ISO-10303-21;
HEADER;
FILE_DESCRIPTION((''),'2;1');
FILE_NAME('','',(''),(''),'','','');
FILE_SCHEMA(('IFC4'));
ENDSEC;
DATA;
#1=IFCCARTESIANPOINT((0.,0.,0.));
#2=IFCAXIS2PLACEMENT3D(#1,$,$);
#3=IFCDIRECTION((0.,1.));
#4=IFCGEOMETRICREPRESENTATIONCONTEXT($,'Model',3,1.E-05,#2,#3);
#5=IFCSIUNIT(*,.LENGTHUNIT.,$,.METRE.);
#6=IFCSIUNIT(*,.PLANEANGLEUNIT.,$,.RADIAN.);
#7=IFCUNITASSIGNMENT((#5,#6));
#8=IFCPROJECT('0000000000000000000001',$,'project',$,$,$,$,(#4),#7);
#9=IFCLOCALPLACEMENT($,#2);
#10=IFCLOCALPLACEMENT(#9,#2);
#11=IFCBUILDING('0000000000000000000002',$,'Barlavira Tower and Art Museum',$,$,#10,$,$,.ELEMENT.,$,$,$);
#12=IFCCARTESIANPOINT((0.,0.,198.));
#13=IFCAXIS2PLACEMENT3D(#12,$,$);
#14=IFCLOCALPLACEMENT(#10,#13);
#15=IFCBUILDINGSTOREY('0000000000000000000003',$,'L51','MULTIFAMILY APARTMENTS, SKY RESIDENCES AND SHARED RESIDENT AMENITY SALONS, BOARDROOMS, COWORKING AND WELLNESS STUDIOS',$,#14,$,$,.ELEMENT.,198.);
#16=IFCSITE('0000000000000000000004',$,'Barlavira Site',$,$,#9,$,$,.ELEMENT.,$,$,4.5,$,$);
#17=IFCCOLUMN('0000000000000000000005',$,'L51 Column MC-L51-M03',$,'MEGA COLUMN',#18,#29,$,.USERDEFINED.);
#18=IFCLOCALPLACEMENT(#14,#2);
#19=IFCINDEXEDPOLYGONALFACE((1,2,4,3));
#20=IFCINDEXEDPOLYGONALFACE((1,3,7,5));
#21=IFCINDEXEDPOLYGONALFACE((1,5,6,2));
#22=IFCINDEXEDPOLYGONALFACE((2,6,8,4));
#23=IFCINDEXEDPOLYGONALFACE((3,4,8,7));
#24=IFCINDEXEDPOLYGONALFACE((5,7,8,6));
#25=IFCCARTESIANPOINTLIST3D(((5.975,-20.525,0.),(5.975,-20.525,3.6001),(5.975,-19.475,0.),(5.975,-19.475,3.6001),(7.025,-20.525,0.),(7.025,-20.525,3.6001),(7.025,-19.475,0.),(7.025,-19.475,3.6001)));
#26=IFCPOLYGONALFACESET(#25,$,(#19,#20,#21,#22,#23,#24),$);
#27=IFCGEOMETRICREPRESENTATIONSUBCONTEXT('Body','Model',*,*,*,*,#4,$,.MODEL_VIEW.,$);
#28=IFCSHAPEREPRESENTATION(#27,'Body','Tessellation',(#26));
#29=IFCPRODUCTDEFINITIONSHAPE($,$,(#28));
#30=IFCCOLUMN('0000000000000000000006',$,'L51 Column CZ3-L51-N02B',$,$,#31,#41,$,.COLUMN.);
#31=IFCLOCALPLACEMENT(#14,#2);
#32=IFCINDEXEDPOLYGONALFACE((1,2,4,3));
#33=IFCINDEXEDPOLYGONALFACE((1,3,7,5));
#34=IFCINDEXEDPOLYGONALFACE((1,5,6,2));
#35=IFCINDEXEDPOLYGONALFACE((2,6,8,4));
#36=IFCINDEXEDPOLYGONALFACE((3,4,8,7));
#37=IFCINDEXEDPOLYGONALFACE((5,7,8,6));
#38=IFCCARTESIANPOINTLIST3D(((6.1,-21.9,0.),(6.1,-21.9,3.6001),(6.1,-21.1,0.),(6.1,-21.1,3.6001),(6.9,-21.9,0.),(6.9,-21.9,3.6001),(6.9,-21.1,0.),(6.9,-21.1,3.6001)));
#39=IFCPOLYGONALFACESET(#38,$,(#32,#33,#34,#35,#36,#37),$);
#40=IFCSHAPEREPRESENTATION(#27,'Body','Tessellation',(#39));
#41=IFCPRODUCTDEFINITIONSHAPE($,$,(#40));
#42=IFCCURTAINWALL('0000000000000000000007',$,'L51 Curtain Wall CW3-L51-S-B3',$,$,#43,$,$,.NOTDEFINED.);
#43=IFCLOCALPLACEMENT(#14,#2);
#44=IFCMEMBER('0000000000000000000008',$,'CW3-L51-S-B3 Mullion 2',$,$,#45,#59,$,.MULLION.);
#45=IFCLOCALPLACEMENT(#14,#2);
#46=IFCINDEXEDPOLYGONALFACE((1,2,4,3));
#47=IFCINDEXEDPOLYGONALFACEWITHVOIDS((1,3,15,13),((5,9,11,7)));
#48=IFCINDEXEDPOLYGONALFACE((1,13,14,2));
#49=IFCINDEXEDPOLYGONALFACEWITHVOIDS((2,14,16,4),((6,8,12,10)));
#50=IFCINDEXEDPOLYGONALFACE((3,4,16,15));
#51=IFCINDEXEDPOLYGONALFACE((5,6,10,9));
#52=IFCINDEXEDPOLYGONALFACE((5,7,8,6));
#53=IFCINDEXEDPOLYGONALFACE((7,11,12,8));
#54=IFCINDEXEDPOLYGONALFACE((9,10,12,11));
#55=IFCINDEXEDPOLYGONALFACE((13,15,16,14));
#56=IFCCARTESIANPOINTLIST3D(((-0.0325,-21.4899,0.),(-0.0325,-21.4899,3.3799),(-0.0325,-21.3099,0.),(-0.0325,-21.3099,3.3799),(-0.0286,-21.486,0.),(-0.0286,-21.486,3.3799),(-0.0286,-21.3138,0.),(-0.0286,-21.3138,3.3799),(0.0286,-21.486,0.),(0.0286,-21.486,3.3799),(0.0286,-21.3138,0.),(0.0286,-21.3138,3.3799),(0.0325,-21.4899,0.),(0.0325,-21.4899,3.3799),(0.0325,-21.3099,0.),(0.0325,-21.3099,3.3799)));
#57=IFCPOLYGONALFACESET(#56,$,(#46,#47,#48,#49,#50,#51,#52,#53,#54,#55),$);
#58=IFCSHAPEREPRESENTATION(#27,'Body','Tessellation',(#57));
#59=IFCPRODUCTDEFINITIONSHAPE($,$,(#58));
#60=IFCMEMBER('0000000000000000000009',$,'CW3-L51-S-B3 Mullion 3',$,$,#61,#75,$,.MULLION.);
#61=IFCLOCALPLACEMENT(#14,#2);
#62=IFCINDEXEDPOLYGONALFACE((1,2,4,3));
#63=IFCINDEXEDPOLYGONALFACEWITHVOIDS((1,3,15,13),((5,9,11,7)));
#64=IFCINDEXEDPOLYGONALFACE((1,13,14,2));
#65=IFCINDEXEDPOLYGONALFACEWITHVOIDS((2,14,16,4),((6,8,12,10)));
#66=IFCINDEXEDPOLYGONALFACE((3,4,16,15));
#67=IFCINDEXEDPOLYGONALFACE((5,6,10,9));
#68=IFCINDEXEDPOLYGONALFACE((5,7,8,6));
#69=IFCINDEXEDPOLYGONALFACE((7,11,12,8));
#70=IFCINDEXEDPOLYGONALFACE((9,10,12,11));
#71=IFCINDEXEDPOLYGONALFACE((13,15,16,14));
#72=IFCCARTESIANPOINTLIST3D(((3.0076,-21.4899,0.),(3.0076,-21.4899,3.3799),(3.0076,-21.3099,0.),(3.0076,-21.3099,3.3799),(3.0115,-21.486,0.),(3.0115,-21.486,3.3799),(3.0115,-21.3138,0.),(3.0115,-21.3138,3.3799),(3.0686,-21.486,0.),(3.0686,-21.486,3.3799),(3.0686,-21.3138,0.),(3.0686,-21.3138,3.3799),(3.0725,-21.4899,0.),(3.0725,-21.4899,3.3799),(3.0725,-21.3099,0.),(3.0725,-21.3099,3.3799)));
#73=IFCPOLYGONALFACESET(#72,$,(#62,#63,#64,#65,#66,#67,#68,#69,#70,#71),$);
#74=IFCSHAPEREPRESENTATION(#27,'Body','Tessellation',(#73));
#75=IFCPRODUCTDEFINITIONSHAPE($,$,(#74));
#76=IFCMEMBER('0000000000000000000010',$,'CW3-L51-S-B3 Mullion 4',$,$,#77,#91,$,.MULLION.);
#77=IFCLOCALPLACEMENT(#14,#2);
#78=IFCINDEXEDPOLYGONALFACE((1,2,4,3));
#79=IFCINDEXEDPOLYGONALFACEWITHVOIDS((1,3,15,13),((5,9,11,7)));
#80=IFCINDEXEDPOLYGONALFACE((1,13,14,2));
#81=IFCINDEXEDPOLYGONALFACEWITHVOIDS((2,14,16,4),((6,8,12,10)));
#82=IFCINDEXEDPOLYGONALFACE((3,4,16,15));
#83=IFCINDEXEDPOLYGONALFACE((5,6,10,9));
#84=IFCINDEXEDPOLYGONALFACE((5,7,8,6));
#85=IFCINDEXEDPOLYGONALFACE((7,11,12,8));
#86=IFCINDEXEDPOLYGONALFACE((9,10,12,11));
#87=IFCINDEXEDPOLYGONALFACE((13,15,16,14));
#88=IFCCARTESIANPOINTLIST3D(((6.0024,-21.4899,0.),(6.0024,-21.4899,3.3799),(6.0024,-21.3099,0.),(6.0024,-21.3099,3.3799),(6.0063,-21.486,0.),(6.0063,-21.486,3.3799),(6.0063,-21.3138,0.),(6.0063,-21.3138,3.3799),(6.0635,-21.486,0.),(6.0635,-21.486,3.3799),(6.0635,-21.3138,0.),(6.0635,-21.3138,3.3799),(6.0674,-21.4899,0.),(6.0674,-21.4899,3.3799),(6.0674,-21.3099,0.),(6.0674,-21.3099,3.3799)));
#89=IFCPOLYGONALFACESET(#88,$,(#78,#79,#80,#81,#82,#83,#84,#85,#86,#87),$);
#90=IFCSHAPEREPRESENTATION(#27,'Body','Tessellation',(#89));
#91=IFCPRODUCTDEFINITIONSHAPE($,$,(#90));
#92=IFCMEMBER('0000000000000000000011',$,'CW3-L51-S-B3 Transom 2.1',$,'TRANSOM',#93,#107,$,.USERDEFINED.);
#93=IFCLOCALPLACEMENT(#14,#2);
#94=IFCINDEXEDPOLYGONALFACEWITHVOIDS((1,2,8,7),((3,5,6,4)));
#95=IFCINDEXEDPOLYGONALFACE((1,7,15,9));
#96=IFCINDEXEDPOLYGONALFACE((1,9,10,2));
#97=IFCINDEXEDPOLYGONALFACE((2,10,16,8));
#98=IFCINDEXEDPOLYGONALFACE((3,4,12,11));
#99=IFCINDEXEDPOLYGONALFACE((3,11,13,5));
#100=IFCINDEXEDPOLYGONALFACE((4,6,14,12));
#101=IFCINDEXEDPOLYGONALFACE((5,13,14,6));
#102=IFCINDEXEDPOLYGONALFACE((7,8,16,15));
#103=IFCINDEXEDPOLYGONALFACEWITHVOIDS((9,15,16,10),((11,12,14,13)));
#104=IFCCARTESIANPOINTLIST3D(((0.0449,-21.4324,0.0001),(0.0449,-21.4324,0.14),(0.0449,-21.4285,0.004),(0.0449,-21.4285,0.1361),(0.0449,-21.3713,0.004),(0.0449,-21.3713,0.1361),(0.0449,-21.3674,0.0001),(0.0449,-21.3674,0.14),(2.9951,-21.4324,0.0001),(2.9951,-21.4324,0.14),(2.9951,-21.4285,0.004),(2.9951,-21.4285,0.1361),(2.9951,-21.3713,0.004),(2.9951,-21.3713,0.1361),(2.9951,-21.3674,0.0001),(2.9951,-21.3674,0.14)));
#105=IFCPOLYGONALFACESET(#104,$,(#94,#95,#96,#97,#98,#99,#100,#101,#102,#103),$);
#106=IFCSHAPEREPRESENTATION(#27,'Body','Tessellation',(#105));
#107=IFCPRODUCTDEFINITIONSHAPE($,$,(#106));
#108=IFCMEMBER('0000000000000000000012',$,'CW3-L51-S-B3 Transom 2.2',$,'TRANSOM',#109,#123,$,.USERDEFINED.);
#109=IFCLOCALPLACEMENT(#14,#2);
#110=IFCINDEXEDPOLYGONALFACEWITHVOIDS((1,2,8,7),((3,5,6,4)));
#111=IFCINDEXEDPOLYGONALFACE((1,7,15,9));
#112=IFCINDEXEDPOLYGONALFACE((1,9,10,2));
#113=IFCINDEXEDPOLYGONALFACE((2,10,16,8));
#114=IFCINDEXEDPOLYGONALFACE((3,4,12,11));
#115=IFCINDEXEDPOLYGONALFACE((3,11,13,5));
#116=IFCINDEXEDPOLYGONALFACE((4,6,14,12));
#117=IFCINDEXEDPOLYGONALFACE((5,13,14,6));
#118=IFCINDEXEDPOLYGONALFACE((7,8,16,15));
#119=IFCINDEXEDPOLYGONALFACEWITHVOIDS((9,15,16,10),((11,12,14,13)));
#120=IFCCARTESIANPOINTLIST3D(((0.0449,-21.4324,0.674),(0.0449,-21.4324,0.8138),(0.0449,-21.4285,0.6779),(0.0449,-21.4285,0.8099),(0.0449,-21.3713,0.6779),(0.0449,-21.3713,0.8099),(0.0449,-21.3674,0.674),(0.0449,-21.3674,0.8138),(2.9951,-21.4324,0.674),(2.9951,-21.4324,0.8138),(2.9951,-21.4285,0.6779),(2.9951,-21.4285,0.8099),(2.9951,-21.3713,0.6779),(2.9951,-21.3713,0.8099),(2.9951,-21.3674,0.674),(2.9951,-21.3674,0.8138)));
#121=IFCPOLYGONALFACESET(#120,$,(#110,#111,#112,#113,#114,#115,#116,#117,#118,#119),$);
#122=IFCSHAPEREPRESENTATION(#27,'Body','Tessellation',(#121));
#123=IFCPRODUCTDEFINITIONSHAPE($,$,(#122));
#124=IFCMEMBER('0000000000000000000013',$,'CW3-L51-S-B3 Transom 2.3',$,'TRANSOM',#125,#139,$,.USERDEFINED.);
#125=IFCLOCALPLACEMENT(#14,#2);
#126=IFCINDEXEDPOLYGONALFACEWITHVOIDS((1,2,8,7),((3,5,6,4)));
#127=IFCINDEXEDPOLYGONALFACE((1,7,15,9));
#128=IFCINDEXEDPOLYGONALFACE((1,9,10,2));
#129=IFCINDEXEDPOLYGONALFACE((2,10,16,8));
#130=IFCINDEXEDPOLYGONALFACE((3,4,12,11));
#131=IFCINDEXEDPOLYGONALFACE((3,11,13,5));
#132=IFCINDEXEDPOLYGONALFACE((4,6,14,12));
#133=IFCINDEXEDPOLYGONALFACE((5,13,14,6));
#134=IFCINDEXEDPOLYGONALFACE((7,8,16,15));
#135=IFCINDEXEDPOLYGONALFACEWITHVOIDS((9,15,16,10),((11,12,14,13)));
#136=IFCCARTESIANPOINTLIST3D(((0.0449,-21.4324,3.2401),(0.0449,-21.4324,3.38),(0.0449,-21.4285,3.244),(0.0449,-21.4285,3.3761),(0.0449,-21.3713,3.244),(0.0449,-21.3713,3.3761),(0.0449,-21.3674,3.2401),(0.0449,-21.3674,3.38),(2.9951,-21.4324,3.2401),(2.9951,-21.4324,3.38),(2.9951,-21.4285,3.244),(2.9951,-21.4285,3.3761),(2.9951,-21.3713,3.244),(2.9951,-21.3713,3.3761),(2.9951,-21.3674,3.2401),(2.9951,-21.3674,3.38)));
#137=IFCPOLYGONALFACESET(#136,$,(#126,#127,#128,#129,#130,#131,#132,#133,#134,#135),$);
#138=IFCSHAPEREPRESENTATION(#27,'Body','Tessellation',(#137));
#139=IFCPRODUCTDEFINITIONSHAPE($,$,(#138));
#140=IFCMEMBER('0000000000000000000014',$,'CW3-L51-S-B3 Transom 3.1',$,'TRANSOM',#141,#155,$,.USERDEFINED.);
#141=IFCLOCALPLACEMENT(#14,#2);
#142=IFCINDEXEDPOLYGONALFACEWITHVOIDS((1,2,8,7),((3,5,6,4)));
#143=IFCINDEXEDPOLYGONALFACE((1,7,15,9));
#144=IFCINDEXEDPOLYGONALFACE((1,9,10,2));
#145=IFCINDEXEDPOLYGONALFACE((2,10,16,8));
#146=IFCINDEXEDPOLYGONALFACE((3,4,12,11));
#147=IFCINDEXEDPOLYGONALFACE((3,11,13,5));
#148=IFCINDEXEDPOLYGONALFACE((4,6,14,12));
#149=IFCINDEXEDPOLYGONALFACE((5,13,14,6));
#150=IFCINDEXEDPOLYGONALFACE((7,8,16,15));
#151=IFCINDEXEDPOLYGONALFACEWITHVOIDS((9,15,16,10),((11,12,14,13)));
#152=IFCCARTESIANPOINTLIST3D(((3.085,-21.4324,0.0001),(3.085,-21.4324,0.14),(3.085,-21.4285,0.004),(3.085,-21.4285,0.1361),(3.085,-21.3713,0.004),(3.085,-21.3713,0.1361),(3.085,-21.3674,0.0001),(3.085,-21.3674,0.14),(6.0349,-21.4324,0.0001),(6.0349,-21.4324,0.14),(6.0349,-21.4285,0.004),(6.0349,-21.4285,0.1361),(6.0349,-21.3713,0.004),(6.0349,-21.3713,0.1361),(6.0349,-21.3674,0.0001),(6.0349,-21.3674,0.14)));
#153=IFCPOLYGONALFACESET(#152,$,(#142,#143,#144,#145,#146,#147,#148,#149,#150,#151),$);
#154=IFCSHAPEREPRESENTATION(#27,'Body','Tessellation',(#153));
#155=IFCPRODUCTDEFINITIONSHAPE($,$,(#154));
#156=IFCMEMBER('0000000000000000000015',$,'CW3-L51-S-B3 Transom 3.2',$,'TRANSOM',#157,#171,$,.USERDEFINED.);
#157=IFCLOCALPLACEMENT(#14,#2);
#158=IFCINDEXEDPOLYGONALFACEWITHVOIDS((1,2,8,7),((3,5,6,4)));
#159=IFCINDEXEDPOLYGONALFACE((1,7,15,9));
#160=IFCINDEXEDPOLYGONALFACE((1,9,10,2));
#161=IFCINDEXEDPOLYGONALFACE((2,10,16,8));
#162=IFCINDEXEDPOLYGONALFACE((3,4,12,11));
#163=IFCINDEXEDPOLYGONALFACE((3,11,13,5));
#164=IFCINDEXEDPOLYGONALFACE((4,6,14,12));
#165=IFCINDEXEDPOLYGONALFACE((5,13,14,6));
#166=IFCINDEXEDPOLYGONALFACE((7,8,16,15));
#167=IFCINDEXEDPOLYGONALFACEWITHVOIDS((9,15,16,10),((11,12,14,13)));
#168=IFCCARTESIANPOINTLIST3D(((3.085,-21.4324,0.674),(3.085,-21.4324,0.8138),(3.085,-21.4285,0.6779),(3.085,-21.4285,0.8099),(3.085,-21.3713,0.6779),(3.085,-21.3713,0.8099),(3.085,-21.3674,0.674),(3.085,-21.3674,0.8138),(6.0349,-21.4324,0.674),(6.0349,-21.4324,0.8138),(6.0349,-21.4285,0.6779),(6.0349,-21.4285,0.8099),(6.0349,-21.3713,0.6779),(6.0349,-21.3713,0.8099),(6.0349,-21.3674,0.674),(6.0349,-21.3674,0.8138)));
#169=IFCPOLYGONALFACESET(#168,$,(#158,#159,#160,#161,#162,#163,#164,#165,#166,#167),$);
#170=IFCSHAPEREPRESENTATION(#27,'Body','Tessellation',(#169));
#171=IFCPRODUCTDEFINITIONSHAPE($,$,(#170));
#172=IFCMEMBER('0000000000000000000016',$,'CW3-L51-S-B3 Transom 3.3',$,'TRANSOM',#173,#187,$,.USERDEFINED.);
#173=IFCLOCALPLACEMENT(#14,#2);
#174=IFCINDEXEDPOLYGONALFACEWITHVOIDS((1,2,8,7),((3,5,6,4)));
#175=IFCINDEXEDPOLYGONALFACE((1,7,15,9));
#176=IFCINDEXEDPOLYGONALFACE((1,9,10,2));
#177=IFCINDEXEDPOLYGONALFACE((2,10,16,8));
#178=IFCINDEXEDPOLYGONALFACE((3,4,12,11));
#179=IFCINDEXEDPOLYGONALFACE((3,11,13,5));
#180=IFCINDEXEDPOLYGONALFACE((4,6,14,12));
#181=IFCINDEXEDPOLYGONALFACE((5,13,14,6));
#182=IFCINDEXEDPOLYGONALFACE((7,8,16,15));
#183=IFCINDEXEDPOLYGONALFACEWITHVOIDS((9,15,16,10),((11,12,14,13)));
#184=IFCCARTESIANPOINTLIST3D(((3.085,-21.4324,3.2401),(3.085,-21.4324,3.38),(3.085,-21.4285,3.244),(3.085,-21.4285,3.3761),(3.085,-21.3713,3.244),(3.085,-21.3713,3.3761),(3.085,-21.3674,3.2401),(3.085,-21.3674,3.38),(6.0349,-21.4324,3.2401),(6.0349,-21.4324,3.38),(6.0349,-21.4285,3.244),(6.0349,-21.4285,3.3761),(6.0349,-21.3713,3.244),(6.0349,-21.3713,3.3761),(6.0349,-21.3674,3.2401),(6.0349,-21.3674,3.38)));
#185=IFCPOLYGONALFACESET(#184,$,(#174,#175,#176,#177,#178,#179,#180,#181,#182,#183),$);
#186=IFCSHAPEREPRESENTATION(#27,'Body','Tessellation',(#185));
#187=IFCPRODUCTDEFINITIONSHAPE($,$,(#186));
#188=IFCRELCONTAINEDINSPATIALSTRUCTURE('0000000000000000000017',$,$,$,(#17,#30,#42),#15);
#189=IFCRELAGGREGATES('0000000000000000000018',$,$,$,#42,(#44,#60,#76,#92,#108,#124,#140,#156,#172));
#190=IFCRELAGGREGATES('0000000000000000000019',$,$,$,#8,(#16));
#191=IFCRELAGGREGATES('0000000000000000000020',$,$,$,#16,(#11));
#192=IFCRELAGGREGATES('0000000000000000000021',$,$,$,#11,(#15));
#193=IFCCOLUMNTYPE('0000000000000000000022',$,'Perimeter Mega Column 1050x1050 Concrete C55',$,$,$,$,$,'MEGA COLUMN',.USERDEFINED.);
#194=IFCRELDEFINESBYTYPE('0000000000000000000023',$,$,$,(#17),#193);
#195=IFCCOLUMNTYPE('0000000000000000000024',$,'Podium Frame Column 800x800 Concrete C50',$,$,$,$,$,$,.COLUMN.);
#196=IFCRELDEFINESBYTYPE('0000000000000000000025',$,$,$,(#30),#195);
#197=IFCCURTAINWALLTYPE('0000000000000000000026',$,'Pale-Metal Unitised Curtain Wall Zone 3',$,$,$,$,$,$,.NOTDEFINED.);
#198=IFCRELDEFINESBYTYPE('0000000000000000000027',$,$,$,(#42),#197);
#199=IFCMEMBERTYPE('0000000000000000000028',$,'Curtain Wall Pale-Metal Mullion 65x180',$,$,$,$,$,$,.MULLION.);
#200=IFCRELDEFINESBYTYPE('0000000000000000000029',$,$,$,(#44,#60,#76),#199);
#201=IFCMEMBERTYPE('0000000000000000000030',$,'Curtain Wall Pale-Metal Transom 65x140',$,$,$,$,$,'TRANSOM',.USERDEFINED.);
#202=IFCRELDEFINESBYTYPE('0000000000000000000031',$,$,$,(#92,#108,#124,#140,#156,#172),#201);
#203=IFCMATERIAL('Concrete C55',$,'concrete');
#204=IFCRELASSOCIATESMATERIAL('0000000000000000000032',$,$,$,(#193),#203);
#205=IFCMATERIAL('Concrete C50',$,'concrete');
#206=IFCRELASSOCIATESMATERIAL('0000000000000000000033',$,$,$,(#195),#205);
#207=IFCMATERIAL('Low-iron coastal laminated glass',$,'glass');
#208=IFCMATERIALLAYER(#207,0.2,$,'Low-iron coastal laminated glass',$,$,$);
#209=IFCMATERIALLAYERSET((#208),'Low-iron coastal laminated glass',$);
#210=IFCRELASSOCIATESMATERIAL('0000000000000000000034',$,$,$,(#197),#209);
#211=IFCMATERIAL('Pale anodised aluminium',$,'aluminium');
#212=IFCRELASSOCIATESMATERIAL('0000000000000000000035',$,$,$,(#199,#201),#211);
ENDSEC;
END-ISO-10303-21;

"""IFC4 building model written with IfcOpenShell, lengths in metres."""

from ifc_helpers import new_model, si_unit, direction, frame, origin, origin_2d, place, context, subcontext, project, spatial, rectangle, hollow_rectangle, extrude, material, layer, layer_set, material_profile, profile_set, type_object, element, aggregate, save


model = new_model("IFC4")

# Units and contexts
model_context = context("Model", 3, precision=1e-05, world=origin(), true_north=direction((0.0, 1.0)))
body_context = subcontext(model_context, "Body", "Model", "MODEL_VIEW")
ifc_project = project(units=[si_unit("LENGTHUNIT", "METRE"), si_unit("PLANEANGLEUNIT", "RADIAN")], contexts=[model_context])

# Site, building, storey
site_placement = place(None, origin())
site = spatial("IfcSite", under=ifc_project, at=site_placement, Name="Barlavira Site", CompositionType="ELEMENT", RefElevation=4.5)
building_placement = place(site_placement, origin())
building = spatial("IfcBuilding", under=site, at=building_placement, Name="Barlavira Tower and Art Museum", CompositionType="ELEMENT")
storey_placement = place(building_placement, frame((0.0, 0.0, 198.0)))
storey = spatial("IfcBuildingStorey", under=building, at=storey_placement, Name="L51", Description="MULTIFAMILY APARTMENTS, SKY RESIDENCES AND SHARED RESIDENT AMENITY SALONS, BOARDROOMS, COWORKING AND WELLNESS STUDIOS", CompositionType="ELEMENT", Elevation=198.0)

# Columns
ifc_material_1 = material(Name="Concrete C55", Category="concrete")
ifc_material_profile_1 = material_profile(ifc_material_1, rectangle(XDim=1.05, YDim=1.05, at=origin_2d()), Name="RC-COL 1050x1050")
ifc_profile_set_1 = profile_set([ifc_material_profile_1], Name="Concrete C55")
column_type_1 = type_object("IfcColumnType", Name="Perimeter Mega Column 1050x1050 Concrete C55", ElementType="MEGA COLUMN", PredefinedType="USERDEFINED", material=ifc_profile_set_1)
column_1_placement = place(storey_placement, frame((6.5, -20.0, 0.0), z_axis=(0.0, 0.0, 1.0), x_axis=(1.0, 0.0, 0.0)))
element("IfcColumn", 1, at=column_1_placement, inside=storey, type_object=column_type_1, Name="L51 Column MC-L51-M03", ObjectType="MEGA COLUMN", PredefinedType="USERDEFINED", context=body_context, shape_type="SweptSolid", body=[
    extrude(rectangle(XDim=1.05, YDim=1.05, at=origin_2d()), origin(), (0.0, 0.0, 1.0), 3.6001),
])
ifc_material_2 = material(Name="Concrete C50", Category="concrete")
ifc_material_profile_2 = material_profile(ifc_material_2, rectangle(XDim=0.8, YDim=0.8, at=origin_2d()), Name="RC-COL 800x800")
ifc_profile_set_2 = profile_set([ifc_material_profile_2], Name="Concrete C50")
column_type_2 = type_object("IfcColumnType", Name="Podium Frame Column 800x800 Concrete C50", PredefinedType="COLUMN", material=ifc_profile_set_2)
column_2_placement = place(storey_placement, frame((6.5, -21.5, 0.0), z_axis=(0.0, 0.0, 1.0), x_axis=(1.0, 0.0, 0.0)))
element("IfcColumn", 2, at=column_2_placement, inside=storey, type_object=column_type_2, Name="L51 Column CZ3-L51-N02B", PredefinedType="COLUMN", context=body_context, shape_type="SweptSolid", body=[
    extrude(rectangle(XDim=0.8, YDim=0.8, at=origin_2d()), origin(), (0.0, 0.0, 1.0), 3.6001),
])

# Curtain wall, members
ifc_material_3 = material(Name="Low-iron coastal laminated glass", Category="glass")
ifc_layer_1 = layer(ifc_material_3, 0.2, Name="Low-iron coastal laminated glass")
ifc_layer_set_1 = layer_set([ifc_layer_1], Name="Low-iron coastal laminated glass")
curtain_wall_type = type_object("IfcCurtainWallType", Name="Pale-Metal Unitised Curtain Wall Zone 3", PredefinedType="NOTDEFINED", material=ifc_layer_set_1)
curtain_wall_placement = place(storey_placement, origin())
curtain_wall = element("IfcCurtainWall", 3, at=curtain_wall_placement, inside=storey, type_object=curtain_wall_type, Name="L51 Curtain Wall CW3-L51-S-B3", PredefinedType="NOTDEFINED")
ifc_material_4 = material(Name="Pale anodised aluminium", Category="aluminium")
ifc_material_profile_3 = material_profile(ifc_material_4, hollow_rectangle(XDim=0.0649, YDim=0.1799, WallThickness=0.0039, at=origin_2d()), Name="ALU-MULL 65x180x4")
ifc_profile_set_3 = profile_set([ifc_material_profile_3], Name="Pale anodised aluminium")
member_type_1 = type_object("IfcMemberType", Name="Curtain Wall Pale-Metal Mullion 65x180", PredefinedType="MULLION", material=ifc_profile_set_3)
member_1_placement = place(storey_placement, frame((0.0, -21.3999, 0.0), z_axis=(0.0, 0.0, 1.0), x_axis=(1.0, 0.0, 0.0)))
member_1 = element("IfcMember", 4, at=member_1_placement, type_object=member_type_1, Name="CW3-L51-S-B3 Mullion 2", PredefinedType="MULLION", context=body_context, shape_type="SweptSolid", body=[
    extrude(hollow_rectangle(XDim=0.0649, YDim=0.1799, WallThickness=0.0039, at=origin_2d()), origin(), (0.0, 0.0, 1.0), 3.3799),
])
member_2_placement = place(storey_placement, frame((3.04, -21.3999, 0.0), z_axis=(0.0, 0.0, 1.0), x_axis=(1.0, 0.0, 0.0)))
member_2 = element("IfcMember", 5, at=member_2_placement, type_object=member_type_1, Name="CW3-L51-S-B3 Mullion 3", PredefinedType="MULLION", context=body_context, shape_type="SweptSolid", body=[
    extrude(hollow_rectangle(XDim=0.0649, YDim=0.1799, WallThickness=0.0039, at=origin_2d()), origin(), (0.0, 0.0, 1.0), 3.3799),
])
member_3_placement = place(storey_placement, frame((6.0349, -21.3999, 0.0), z_axis=(0.0, 0.0, 1.0), x_axis=(1.0, 0.0, 0.0)))
member_3 = element("IfcMember", 6, at=member_3_placement, type_object=member_type_1, Name="CW3-L51-S-B3 Mullion 4", PredefinedType="MULLION", context=body_context, shape_type="SweptSolid", body=[
    extrude(hollow_rectangle(XDim=0.0649, YDim=0.1799, WallThickness=0.0039, at=origin_2d()), origin(), (0.0, 0.0, 1.0), 3.3799),
])
ifc_material_profile_4 = material_profile(ifc_material_4, hollow_rectangle(XDim=0.0649, YDim=0.1399, WallThickness=0.0039, at=origin_2d()), Name="ALU-TRAN 65x140x4")
ifc_profile_set_4 = profile_set([ifc_material_profile_4], Name="Pale anodised aluminium")
member_type_2 = type_object("IfcMemberType", Name="Curtain Wall Pale-Metal Transom 65x140", ElementType="TRANSOM", PredefinedType="USERDEFINED", material=ifc_profile_set_4)
member_4_placement = place(storey_placement, frame((0.0449, -21.3999, 0.0701), z_axis=(1.0, 0.0, 0.0), x_axis=(0.0, 1.0, 0.0)))
member_4 = element("IfcMember", 7, at=member_4_placement, type_object=member_type_2, Name="CW3-L51-S-B3 Transom 2.1", ObjectType="TRANSOM", PredefinedType="USERDEFINED", context=body_context, shape_type="SweptSolid", body=[
    extrude(hollow_rectangle(XDim=0.0649, YDim=0.1399, WallThickness=0.0039, at=origin_2d()), origin(), (0.0, 0.0, 1.0), 2.9502),
])
member_5_placement = place(storey_placement, frame((0.0449, -21.3999, 0.7439), z_axis=(1.0, 0.0, 0.0), x_axis=(0.0, 1.0, 0.0)))
member_5 = element("IfcMember", 8, at=member_5_placement, type_object=member_type_2, Name="CW3-L51-S-B3 Transom 2.2", ObjectType="TRANSOM", PredefinedType="USERDEFINED", context=body_context, shape_type="SweptSolid", body=[
    extrude(hollow_rectangle(XDim=0.0649, YDim=0.1399, WallThickness=0.0039, at=origin_2d()), origin(), (0.0, 0.0, 1.0), 2.9502),
])
member_6_placement = place(storey_placement, frame((0.0449, -21.3999, 3.3101), z_axis=(1.0, 0.0, 0.0), x_axis=(0.0, 1.0, 0.0)))
member_6 = element("IfcMember", 9, at=member_6_placement, type_object=member_type_2, Name="CW3-L51-S-B3 Transom 2.3", ObjectType="TRANSOM", PredefinedType="USERDEFINED", context=body_context, shape_type="SweptSolid", body=[
    extrude(hollow_rectangle(XDim=0.0649, YDim=0.1399, WallThickness=0.0039, at=origin_2d()), origin(), (0.0, 0.0, 1.0), 2.9502),
])
member_7_placement = place(storey_placement, frame((3.085, -21.3999, 0.0701), z_axis=(1.0, 0.0, 0.0), x_axis=(0.0, 1.0, 0.0)))
member_7 = element("IfcMember", 10, at=member_7_placement, type_object=member_type_2, Name="CW3-L51-S-B3 Transom 3.1", ObjectType="TRANSOM", PredefinedType="USERDEFINED", context=body_context, shape_type="SweptSolid", body=[
    extrude(hollow_rectangle(XDim=0.0649, YDim=0.1399, WallThickness=0.0039, at=origin_2d()), origin(), (0.0, 0.0, 1.0), 2.95),
])
member_8_placement = place(storey_placement, frame((3.085, -21.3999, 0.7439), z_axis=(1.0, 0.0, 0.0), x_axis=(0.0, 1.0, 0.0)))
member_8 = element("IfcMember", 11, at=member_8_placement, type_object=member_type_2, Name="CW3-L51-S-B3 Transom 3.2", ObjectType="TRANSOM", PredefinedType="USERDEFINED", context=body_context, shape_type="SweptSolid", body=[
    extrude(hollow_rectangle(XDim=0.0649, YDim=0.1399, WallThickness=0.0039, at=origin_2d()), origin(), (0.0, 0.0, 1.0), 2.95),
])
member_9_placement = place(storey_placement, frame((3.085, -21.3999, 3.3101), z_axis=(1.0, 0.0, 0.0), x_axis=(0.0, 1.0, 0.0)))
member_9 = element("IfcMember", 12, at=member_9_placement, type_object=member_type_2, Name="CW3-L51-S-B3 Transom 3.3", ObjectType="TRANSOM", PredefinedType="USERDEFINED", context=body_context, shape_type="SweptSolid", body=[
    extrude(hollow_rectangle(XDim=0.0649, YDim=0.1399, WallThickness=0.0039, at=origin_2d()), origin(), (0.0, 0.0, 1.0), 2.95),
])

aggregate(curtain_wall, [member_1, member_2, member_3, member_4, member_5, member_6, member_7, member_8, member_9])

save(model, "model.ifc")
